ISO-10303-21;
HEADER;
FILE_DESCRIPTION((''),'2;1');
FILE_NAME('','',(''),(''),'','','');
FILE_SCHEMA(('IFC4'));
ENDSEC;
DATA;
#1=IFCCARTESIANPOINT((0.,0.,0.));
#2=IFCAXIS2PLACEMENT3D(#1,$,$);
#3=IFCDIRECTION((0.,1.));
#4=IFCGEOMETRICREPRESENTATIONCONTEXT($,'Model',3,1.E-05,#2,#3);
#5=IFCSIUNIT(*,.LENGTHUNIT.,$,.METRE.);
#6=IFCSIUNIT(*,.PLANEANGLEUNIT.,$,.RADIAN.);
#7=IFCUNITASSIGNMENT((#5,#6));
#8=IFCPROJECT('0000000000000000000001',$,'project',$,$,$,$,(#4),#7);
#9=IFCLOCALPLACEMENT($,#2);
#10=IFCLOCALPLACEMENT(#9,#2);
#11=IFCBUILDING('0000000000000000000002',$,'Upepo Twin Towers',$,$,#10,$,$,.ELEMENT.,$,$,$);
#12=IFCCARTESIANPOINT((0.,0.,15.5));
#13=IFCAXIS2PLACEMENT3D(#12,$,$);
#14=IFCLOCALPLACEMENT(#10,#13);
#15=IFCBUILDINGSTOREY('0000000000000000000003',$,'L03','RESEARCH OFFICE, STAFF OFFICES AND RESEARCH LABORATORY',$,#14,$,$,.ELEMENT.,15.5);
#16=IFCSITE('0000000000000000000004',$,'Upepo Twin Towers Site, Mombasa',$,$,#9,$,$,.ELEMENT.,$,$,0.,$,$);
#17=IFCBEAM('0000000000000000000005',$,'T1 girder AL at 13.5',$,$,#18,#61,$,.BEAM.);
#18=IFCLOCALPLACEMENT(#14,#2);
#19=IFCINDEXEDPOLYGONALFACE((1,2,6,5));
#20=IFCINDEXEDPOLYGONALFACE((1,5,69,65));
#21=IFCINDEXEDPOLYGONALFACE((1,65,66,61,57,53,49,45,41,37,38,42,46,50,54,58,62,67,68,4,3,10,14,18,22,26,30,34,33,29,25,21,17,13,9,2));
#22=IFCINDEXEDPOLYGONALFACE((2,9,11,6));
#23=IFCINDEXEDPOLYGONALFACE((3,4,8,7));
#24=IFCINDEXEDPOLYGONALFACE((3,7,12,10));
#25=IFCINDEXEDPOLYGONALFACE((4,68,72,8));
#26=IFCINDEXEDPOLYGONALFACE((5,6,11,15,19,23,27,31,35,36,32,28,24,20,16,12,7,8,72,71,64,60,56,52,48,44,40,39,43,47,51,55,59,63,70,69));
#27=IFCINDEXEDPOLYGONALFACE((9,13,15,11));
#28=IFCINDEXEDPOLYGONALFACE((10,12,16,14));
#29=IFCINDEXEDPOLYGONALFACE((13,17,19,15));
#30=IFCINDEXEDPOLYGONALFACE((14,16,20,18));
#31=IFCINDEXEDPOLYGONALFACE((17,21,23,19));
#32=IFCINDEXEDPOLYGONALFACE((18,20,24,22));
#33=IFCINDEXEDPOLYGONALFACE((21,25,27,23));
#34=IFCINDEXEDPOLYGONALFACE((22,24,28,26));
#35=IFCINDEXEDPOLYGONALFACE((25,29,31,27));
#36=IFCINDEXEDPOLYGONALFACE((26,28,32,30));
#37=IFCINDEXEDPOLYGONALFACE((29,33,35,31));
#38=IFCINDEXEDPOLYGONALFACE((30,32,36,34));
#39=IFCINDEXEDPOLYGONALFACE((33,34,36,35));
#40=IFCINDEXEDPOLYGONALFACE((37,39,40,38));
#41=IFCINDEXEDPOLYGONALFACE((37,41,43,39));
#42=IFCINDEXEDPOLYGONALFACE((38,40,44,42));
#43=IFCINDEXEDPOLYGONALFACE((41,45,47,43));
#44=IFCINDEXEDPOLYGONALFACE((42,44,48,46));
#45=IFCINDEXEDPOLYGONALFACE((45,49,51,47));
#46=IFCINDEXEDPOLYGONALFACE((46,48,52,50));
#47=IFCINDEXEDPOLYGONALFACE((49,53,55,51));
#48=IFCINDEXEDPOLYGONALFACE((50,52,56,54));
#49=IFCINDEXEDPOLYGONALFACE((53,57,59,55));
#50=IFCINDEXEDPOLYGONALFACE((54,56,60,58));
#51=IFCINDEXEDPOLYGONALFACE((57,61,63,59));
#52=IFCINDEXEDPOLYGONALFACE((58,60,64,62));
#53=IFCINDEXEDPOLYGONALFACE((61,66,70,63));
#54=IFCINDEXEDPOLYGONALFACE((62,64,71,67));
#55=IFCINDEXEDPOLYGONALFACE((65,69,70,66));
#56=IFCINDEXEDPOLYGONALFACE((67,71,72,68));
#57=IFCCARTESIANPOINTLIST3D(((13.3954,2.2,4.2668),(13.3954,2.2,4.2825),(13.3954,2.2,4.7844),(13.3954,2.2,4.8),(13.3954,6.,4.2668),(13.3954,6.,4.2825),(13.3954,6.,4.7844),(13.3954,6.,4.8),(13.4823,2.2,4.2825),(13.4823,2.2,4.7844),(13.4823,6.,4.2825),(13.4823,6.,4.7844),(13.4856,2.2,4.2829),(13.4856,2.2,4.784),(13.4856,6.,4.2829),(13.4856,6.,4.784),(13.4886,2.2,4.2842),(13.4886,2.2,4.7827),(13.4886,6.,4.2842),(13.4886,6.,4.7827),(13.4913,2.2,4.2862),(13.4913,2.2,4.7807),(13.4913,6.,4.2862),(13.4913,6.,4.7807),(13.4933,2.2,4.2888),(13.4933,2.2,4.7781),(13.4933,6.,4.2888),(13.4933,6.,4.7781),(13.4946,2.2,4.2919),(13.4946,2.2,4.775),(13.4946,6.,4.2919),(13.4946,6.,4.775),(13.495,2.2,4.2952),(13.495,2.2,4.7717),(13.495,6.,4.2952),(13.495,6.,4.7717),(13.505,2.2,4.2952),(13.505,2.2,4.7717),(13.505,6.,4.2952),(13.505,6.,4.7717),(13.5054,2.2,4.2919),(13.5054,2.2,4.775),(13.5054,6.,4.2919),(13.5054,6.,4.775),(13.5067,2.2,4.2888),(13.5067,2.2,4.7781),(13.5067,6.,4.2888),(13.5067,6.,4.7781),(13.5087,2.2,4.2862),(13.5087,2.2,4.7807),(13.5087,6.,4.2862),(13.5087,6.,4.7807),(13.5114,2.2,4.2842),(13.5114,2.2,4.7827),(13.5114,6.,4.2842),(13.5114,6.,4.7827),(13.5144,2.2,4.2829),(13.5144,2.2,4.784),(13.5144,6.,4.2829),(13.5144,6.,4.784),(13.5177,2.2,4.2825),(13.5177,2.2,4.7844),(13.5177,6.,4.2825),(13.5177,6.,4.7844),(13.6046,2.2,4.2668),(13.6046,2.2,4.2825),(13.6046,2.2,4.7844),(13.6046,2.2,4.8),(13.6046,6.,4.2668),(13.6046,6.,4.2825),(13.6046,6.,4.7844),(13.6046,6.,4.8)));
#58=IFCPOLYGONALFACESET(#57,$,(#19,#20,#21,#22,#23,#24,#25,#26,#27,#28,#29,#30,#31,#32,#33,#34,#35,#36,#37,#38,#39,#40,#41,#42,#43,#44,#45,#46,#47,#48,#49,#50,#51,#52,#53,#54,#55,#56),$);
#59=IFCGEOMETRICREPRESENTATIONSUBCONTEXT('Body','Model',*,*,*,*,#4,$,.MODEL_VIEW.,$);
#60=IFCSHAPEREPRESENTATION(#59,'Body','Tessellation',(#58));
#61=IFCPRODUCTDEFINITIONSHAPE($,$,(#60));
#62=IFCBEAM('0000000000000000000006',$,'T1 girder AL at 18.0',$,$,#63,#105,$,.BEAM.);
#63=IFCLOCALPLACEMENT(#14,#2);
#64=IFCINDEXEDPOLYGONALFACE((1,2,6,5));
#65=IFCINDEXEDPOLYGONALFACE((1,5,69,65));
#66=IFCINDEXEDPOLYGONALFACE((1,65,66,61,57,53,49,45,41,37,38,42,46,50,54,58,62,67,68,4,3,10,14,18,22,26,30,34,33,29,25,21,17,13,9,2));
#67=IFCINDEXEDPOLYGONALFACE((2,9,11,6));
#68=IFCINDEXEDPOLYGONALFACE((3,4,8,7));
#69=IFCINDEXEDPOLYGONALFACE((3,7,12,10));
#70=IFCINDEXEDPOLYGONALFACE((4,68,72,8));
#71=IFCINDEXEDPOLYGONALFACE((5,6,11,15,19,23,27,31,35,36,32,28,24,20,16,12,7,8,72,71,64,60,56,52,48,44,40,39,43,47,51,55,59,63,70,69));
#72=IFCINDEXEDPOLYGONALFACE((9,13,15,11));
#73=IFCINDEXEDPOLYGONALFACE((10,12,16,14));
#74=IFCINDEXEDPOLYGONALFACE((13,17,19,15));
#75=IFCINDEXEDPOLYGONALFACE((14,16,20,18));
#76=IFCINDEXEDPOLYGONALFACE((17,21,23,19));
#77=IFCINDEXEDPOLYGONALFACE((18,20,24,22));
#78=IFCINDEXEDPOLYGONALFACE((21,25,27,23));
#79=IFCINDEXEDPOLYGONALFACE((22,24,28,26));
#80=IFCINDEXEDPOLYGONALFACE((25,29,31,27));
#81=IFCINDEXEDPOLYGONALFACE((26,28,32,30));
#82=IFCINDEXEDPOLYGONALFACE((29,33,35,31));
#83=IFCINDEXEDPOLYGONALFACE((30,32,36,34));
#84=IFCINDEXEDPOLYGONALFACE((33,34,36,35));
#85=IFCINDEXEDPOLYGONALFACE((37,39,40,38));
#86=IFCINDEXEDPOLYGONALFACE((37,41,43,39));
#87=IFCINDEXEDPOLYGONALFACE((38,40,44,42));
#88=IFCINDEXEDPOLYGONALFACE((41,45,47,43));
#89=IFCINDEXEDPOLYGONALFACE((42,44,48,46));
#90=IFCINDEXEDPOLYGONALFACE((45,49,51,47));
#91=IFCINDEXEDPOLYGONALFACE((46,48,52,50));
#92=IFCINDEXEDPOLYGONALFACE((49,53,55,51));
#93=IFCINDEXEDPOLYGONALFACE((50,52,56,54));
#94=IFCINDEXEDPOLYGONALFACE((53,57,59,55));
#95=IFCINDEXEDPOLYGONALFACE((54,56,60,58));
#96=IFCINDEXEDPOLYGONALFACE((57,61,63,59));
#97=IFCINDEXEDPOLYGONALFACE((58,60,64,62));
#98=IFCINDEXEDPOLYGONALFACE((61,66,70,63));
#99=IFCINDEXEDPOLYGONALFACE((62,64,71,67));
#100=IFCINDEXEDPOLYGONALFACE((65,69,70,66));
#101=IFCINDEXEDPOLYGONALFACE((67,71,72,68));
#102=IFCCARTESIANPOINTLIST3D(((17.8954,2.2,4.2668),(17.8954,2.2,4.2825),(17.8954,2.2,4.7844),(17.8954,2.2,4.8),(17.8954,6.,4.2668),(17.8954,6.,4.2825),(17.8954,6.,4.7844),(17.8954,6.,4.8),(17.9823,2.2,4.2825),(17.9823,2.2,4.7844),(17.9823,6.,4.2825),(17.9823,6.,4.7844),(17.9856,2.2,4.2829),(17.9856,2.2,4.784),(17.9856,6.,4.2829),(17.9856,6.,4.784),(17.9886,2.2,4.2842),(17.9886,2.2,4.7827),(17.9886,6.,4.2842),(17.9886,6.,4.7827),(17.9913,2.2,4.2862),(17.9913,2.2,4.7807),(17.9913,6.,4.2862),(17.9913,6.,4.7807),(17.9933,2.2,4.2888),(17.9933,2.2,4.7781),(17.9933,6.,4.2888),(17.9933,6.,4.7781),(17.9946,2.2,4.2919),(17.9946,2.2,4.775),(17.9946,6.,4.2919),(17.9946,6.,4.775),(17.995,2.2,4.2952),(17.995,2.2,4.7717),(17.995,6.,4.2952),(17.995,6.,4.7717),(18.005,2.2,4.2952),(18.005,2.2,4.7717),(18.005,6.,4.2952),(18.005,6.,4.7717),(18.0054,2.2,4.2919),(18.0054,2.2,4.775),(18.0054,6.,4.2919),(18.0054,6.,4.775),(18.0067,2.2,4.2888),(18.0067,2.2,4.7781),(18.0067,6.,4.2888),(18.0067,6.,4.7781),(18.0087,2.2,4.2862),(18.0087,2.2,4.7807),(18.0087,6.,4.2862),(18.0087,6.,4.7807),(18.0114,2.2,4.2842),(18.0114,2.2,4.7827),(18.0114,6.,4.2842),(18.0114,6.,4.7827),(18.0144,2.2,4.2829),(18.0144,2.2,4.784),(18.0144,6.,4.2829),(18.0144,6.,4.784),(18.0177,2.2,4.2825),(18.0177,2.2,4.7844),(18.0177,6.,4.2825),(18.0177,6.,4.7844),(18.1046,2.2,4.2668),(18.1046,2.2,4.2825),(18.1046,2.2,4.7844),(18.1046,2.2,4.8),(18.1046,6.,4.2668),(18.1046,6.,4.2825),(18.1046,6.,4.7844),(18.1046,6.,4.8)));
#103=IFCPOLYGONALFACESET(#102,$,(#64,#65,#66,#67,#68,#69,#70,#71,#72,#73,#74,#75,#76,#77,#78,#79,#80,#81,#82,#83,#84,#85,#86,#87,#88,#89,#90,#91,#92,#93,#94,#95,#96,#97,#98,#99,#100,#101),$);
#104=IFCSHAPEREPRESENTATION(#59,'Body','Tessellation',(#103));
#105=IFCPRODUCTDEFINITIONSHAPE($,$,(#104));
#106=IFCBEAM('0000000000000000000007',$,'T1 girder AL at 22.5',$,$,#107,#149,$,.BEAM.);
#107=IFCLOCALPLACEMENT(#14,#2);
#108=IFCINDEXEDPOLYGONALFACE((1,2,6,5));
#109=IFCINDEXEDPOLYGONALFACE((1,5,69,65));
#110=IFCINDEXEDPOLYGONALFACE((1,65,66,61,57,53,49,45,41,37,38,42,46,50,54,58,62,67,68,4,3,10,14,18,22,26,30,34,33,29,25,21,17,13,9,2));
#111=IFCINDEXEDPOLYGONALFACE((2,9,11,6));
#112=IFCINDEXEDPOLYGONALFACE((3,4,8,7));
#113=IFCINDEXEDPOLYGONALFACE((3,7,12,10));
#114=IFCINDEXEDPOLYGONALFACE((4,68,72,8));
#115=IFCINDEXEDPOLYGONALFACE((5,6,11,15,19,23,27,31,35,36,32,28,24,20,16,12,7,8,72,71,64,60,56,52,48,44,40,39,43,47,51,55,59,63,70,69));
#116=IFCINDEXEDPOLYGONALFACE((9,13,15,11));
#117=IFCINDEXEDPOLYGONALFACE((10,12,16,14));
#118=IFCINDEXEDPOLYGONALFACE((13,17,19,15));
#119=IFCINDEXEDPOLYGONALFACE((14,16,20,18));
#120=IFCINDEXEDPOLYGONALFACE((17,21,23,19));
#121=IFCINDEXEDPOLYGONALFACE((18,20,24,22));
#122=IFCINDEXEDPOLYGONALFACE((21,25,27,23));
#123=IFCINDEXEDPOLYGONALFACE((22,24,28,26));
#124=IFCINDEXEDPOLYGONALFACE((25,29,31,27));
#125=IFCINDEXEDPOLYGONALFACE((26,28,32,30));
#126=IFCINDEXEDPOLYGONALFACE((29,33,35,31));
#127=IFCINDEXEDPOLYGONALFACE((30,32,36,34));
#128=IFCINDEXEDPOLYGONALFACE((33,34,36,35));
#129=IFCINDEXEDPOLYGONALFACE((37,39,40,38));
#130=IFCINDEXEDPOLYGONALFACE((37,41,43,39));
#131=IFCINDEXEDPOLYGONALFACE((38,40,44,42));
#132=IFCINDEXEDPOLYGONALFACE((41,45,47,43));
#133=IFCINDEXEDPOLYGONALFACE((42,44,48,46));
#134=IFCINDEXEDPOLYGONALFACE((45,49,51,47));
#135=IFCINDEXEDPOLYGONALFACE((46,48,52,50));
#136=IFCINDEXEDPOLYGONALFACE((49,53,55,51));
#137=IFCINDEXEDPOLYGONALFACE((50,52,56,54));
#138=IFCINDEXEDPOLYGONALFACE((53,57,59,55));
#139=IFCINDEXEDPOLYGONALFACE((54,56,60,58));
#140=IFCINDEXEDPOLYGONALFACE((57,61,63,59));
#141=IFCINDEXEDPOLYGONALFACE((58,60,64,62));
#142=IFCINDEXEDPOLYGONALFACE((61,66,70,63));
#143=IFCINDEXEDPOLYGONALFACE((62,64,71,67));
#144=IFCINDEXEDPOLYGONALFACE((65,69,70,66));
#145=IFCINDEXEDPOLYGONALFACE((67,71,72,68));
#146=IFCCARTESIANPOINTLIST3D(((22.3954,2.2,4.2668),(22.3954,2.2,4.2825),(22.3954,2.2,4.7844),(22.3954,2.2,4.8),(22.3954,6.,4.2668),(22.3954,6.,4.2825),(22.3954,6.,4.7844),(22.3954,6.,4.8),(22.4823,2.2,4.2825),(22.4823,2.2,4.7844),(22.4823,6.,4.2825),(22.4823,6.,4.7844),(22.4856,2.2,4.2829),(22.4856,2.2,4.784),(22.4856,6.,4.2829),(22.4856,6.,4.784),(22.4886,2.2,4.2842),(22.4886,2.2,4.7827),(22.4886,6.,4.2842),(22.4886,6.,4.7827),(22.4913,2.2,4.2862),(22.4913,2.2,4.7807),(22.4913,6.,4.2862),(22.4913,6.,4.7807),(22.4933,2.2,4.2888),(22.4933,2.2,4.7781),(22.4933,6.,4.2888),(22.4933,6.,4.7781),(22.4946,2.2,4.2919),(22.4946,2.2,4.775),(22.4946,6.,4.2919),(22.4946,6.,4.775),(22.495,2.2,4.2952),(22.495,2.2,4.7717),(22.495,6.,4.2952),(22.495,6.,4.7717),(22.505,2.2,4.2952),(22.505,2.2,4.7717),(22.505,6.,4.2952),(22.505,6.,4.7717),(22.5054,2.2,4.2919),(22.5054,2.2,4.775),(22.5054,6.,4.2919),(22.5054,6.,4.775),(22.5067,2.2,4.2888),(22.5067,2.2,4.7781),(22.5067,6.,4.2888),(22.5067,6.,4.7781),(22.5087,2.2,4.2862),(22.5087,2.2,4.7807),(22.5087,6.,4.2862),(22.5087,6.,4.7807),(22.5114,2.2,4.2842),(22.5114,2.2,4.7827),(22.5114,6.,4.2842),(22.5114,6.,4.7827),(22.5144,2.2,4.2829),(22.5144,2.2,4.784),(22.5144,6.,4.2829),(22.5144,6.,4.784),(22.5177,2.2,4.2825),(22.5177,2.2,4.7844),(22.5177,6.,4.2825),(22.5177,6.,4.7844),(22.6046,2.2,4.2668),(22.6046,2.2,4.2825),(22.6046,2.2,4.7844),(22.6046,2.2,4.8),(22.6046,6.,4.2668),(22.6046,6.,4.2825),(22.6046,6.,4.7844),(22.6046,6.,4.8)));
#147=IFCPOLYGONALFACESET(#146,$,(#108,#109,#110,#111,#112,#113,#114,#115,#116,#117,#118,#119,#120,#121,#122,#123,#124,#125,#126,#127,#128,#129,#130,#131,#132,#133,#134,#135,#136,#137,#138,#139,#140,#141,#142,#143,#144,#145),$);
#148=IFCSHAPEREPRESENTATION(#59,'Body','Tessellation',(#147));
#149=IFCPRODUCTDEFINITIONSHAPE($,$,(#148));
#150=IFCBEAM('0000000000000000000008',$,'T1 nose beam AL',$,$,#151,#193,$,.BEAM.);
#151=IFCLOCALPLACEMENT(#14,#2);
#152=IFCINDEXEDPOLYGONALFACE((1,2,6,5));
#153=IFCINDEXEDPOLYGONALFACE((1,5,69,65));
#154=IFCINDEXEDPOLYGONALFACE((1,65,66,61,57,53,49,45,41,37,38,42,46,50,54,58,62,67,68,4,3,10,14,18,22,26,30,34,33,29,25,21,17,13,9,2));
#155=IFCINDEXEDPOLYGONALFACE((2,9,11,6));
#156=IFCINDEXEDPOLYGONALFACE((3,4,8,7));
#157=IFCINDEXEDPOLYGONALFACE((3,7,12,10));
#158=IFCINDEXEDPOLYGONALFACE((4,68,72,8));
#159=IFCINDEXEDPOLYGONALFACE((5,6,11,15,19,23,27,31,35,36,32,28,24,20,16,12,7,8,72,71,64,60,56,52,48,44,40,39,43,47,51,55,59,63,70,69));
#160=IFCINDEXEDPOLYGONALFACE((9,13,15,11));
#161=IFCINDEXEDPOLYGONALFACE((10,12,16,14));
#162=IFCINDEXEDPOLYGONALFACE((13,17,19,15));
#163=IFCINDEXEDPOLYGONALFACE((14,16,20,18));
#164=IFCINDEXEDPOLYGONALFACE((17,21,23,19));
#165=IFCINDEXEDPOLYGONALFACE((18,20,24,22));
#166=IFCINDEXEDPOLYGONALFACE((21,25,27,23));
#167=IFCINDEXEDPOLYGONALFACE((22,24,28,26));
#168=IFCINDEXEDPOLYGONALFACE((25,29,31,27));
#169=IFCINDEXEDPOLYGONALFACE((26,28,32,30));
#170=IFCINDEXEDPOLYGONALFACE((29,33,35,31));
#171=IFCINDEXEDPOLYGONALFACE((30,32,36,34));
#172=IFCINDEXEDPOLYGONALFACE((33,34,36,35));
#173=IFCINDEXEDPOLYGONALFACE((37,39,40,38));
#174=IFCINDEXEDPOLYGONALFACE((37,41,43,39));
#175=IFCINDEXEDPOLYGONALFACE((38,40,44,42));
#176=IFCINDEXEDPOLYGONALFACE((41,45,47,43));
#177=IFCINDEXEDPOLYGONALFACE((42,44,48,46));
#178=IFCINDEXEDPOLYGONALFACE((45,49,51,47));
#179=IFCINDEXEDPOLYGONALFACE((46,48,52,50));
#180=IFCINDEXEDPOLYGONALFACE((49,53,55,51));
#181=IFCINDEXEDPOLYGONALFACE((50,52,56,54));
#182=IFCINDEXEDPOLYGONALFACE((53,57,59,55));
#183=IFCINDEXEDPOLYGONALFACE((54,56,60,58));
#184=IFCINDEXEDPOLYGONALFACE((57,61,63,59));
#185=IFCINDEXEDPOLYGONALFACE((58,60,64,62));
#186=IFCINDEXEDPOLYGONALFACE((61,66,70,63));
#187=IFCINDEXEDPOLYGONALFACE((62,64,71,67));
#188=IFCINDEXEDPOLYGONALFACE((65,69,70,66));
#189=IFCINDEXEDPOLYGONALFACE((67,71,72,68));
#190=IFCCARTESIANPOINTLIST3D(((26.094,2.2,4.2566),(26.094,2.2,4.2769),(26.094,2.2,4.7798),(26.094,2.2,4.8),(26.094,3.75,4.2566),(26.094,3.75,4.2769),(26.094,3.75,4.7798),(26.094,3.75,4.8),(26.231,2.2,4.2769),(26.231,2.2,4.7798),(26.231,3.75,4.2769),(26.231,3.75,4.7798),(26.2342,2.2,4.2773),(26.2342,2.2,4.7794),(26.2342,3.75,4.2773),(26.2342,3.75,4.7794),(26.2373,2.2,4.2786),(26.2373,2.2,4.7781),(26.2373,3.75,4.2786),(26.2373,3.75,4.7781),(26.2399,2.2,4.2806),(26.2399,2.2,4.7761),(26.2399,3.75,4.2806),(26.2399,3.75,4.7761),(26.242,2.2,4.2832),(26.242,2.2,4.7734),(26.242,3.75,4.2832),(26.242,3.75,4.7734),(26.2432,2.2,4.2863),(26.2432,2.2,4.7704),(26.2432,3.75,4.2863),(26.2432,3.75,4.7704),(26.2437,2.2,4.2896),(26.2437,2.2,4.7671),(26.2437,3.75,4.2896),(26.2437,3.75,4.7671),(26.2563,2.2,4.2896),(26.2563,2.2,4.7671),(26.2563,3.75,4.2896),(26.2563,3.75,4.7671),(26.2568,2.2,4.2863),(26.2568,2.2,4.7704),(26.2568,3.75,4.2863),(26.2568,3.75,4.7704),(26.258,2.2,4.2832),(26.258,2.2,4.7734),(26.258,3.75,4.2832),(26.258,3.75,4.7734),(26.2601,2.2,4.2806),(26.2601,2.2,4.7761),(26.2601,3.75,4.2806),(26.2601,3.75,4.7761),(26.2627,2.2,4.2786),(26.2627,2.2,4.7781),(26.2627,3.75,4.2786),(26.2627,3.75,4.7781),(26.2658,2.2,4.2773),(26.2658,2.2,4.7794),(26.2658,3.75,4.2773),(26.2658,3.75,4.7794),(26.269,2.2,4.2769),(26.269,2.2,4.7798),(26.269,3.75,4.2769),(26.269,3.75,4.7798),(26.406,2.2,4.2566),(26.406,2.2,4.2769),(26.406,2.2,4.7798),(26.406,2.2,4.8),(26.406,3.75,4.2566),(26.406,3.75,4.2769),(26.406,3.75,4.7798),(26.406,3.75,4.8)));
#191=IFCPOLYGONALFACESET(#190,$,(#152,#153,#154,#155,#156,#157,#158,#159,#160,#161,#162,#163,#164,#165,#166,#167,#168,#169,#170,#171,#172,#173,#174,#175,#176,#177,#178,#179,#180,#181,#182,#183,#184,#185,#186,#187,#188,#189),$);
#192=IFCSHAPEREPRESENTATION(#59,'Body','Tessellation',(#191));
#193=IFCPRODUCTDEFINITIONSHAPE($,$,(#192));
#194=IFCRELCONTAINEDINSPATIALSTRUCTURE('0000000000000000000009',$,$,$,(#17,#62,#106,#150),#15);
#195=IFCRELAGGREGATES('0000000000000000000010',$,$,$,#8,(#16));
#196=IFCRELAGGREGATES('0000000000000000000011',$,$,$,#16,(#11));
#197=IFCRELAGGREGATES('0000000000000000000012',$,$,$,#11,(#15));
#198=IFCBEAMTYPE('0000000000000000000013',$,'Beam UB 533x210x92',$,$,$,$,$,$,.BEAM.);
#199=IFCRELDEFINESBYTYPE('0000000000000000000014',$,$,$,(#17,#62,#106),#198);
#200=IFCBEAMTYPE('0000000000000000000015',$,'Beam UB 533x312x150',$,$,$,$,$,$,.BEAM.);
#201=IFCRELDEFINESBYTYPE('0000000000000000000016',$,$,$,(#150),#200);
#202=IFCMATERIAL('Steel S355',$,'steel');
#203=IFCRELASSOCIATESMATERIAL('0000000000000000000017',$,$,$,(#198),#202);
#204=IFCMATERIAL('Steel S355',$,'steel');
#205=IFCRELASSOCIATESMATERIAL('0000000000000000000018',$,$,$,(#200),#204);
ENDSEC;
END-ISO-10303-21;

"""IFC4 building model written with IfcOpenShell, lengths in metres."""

from ifc_helpers import new_model, si_unit, direction, frame, origin, origin_2d, place, context, subcontext, project, spatial, i_section, extrude, material, material_profile, profile_set, type_object, element, save


model = new_model("IFC4")

# Units and contexts
model_context = context("Model", 3, precision=1e-05, world=origin(), true_north=direction((0.0, 1.0)))
body_context = subcontext(model_context, "Body", "Model", "MODEL_VIEW")
ifc_project = project(units=[si_unit("LENGTHUNIT", "METRE"), si_unit("PLANEANGLEUNIT", "RADIAN")], contexts=[model_context])

# Site, building, storey
site_placement = place(None, origin())
site = spatial("IfcSite", under=ifc_project, at=site_placement, Name="Upepo Twin Towers Site, Mombasa", CompositionType="ELEMENT", RefElevation=0.0)
building_placement = place(site_placement, origin())
building = spatial("IfcBuilding", under=site, at=building_placement, Name="Upepo Twin Towers", CompositionType="ELEMENT")
storey_placement = place(building_placement, frame((0.0, 0.0, 15.5)))
storey = spatial("IfcBuildingStorey", under=building, at=storey_placement, Name="L03", Description="RESEARCH OFFICE, STAFF OFFICES AND RESEARCH LABORATORY", CompositionType="ELEMENT", Elevation=15.5)

# Beams
ifc_material_1 = material(Name="Steel S355", Category="steel")
ifc_material_profile_1 = material_profile(ifc_material_1, i_section(OverallWidth=0.2092, OverallDepth=0.5332, WebThickness=0.01, FlangeThickness=0.0156, FilletRadius=0.0127, at=origin_2d()), Name="UB 533x210x92")
ifc_profile_set_1 = profile_set([ifc_material_profile_1], Name="Steel S355")
beam_type_1 = type_object("IfcBeamType", Name="Beam UB 533x210x92", PredefinedType="BEAM", material=ifc_profile_set_1)
for number, where, z_axis, x_axis, name in (
    (1, (13.5, 6.0, 4.5334), (0.0, -1.0, 0.0), (1.0, 0.0, 0.0), "T1 girder AL at 13.5"),
    (2, (18.0, 6.0, 4.5334), (0.0, -1.0, 0.0), (1.0, 0.0, 0.0), "T1 girder AL at 18.0"),
    (3, (22.5, 6.0, 4.5334), (0.0, -1.0, 0.0), (1.0, 0.0, 0.0), "T1 girder AL at 22.5"),
):
    element("IfcBeam", number, at=place(storey_placement, frame(where, z_axis=z_axis, x_axis=x_axis)), inside=storey, type_object=beam_type_1, Name=name, PredefinedType="BEAM", context=body_context, shape_type="SweptSolid", body=[
        extrude(i_section(OverallWidth=0.2092, OverallDepth=0.5332, WebThickness=0.01, FlangeThickness=0.0156, FilletRadius=0.0127, at=origin_2d()), origin(), (0.0, 0.0, 1.0), 3.8),
    ])
ifc_material_2 = material(Name="Steel S355", Category="steel")
ifc_material_profile_2 = material_profile(ifc_material_2, i_section(OverallWidth=0.312, OverallDepth=0.5435, WebThickness=0.0127, FlangeThickness=0.0203, FilletRadius=0.0127, at=origin_2d()), Name="UB 533x312x150")
ifc_profile_set_2 = profile_set([ifc_material_profile_2], Name="Steel S355")
beam_type_2 = type_object("IfcBeamType", Name="Beam UB 533x312x150", PredefinedType="BEAM", material=ifc_profile_set_2)
beam_1_placement = place(storey_placement, frame((26.25, 3.75, 4.5283), z_axis=(0.0, -1.0, 0.0), x_axis=(1.0, 0.0, 0.0)))
element("IfcBeam", 4, at=beam_1_placement, inside=storey, type_object=beam_type_2, Name="T1 nose beam AL", PredefinedType="BEAM", context=body_context, shape_type="SweptSolid", body=[
    extrude(i_section(OverallWidth=0.312, OverallDepth=0.5435, WebThickness=0.0127, FlangeThickness=0.0203, FilletRadius=0.0127, at=origin_2d()), origin(), (0.0, 0.0, 1.0), 1.55),
])

save(model, "model.ifc")
